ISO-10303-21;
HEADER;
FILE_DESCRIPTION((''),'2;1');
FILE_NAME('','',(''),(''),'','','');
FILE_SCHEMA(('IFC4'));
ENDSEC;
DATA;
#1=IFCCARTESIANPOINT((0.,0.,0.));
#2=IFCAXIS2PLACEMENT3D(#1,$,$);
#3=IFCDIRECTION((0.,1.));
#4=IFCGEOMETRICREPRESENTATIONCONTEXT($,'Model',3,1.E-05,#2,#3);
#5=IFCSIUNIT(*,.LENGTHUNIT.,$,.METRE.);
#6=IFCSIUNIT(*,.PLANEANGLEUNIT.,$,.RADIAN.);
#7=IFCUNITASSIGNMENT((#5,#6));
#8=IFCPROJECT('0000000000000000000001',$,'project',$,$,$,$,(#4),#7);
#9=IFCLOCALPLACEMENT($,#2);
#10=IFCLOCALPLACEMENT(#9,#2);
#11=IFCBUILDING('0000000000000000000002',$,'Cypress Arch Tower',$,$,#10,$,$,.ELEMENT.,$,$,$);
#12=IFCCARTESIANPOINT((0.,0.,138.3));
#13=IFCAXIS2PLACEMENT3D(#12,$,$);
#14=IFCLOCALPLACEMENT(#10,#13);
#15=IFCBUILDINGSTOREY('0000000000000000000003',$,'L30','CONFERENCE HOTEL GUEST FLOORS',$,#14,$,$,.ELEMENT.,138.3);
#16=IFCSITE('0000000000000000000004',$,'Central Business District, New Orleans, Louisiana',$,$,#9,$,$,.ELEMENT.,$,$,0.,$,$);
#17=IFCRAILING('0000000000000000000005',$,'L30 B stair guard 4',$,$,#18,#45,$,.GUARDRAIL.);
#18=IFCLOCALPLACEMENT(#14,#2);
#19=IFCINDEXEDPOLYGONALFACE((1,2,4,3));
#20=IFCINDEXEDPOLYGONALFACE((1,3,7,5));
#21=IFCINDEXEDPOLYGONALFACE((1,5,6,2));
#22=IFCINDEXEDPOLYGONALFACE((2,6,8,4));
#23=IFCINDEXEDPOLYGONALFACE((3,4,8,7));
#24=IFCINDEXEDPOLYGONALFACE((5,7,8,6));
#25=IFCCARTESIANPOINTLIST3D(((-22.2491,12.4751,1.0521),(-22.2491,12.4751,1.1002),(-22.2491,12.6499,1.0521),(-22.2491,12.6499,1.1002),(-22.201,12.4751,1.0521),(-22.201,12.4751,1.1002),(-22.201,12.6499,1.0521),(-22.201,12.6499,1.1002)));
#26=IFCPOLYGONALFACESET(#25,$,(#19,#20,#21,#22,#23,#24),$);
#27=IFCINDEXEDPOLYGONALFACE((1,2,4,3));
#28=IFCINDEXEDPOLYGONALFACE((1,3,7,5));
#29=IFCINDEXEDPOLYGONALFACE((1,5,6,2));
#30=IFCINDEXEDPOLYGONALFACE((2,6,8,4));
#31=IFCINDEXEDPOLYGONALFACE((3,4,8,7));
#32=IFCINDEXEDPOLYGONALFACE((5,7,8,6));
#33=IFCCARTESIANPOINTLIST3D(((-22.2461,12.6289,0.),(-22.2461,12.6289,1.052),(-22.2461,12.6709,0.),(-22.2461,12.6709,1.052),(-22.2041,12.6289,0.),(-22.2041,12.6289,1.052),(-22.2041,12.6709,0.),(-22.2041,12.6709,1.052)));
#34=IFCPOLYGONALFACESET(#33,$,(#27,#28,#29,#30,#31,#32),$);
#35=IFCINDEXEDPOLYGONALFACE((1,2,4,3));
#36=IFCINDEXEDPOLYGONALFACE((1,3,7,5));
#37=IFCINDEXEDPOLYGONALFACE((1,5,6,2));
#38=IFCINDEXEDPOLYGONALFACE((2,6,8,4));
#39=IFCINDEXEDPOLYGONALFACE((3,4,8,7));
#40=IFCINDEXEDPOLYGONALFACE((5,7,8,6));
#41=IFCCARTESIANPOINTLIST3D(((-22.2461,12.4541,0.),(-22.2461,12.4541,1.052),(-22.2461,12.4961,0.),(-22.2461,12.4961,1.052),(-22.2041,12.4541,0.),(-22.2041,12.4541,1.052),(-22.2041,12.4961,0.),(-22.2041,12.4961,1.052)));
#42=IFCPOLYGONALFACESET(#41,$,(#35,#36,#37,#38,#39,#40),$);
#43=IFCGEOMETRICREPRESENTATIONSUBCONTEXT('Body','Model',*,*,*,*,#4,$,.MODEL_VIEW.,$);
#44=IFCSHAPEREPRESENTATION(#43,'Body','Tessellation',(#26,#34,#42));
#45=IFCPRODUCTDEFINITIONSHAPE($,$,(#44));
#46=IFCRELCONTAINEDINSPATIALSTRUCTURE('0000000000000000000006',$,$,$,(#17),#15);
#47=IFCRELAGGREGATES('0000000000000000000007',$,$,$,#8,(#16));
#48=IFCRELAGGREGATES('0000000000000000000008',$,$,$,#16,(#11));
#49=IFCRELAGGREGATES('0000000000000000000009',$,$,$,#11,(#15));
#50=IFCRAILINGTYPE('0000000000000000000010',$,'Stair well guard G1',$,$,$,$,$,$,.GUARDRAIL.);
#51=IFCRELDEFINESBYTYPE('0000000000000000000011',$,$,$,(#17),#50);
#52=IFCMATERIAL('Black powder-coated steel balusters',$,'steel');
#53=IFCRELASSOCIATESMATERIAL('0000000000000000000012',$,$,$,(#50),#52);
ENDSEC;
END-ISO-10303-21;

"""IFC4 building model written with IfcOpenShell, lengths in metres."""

from ifc_helpers import new_model, si_unit, direction, frame, origin, origin_2d, place, context, subcontext, project, spatial, rectangle, extrude, material, type_object, element, save


model = new_model("IFC4")

# Units and contexts
model_context = context("Model", 3, precision=1e-05, world=origin(), true_north=direction((0.0, 1.0)))
body_context = subcontext(model_context, "Body", "Model", "MODEL_VIEW")
ifc_project = project(units=[si_unit("LENGTHUNIT", "METRE"), si_unit("PLANEANGLEUNIT", "RADIAN")], contexts=[model_context])

# Site, building, storey
site_placement = place(None, origin())
site = spatial("IfcSite", under=ifc_project, at=site_placement, Name="Central Business District, New Orleans, Louisiana", CompositionType="ELEMENT", RefElevation=0.0)
building_placement = place(site_placement, origin())
building = spatial("IfcBuilding", under=site, at=building_placement, Name="Cypress Arch Tower", CompositionType="ELEMENT")
storey_placement = place(building_placement, frame((0.0, 0.0, 138.3)))
storey = spatial("IfcBuildingStorey", under=building, at=storey_placement, Name="L30", Description="CONFERENCE HOTEL GUEST FLOORS", CompositionType="ELEMENT", Elevation=138.3)

# Railing
ifc_material_1 = material(Name="Black powder-coated steel balusters", Category="steel")
railing_type_1 = type_object("IfcRailingType", Name="Stair well guard G1", PredefinedType="GUARDRAIL", material=ifc_material_1)
railing_1_placement = place(storey_placement, frame((-22.2251, 12.6499, 0.0)))
element("IfcRailing", 1, at=railing_1_placement, inside=storey, type_object=railing_type_1, Name="L30 B stair guard 4", PredefinedType="GUARDRAIL", context=body_context, shape_type="SweptSolid", body=[
    extrude(rectangle(XDim=0.0481, YDim=0.0481, at=origin_2d()), frame((0.0, 0.0, 1.0762), z_axis=(0.0, -1.0, 0.0), x_axis=(1.0, 0.0, 0.0)), (0.0, 0.0, 1.0), 0.1748),
    extrude(rectangle(XDim=0.042, YDim=0.042, at=origin_2d()), origin(), (0.0, 0.0, 1.0), 1.052),
    extrude(rectangle(XDim=0.042, YDim=0.042, at=origin_2d()), frame((0.0, -0.1748, 0.0)), (0.0, 0.0, 1.0), 1.052),
])

save(model, "model.ifc")
